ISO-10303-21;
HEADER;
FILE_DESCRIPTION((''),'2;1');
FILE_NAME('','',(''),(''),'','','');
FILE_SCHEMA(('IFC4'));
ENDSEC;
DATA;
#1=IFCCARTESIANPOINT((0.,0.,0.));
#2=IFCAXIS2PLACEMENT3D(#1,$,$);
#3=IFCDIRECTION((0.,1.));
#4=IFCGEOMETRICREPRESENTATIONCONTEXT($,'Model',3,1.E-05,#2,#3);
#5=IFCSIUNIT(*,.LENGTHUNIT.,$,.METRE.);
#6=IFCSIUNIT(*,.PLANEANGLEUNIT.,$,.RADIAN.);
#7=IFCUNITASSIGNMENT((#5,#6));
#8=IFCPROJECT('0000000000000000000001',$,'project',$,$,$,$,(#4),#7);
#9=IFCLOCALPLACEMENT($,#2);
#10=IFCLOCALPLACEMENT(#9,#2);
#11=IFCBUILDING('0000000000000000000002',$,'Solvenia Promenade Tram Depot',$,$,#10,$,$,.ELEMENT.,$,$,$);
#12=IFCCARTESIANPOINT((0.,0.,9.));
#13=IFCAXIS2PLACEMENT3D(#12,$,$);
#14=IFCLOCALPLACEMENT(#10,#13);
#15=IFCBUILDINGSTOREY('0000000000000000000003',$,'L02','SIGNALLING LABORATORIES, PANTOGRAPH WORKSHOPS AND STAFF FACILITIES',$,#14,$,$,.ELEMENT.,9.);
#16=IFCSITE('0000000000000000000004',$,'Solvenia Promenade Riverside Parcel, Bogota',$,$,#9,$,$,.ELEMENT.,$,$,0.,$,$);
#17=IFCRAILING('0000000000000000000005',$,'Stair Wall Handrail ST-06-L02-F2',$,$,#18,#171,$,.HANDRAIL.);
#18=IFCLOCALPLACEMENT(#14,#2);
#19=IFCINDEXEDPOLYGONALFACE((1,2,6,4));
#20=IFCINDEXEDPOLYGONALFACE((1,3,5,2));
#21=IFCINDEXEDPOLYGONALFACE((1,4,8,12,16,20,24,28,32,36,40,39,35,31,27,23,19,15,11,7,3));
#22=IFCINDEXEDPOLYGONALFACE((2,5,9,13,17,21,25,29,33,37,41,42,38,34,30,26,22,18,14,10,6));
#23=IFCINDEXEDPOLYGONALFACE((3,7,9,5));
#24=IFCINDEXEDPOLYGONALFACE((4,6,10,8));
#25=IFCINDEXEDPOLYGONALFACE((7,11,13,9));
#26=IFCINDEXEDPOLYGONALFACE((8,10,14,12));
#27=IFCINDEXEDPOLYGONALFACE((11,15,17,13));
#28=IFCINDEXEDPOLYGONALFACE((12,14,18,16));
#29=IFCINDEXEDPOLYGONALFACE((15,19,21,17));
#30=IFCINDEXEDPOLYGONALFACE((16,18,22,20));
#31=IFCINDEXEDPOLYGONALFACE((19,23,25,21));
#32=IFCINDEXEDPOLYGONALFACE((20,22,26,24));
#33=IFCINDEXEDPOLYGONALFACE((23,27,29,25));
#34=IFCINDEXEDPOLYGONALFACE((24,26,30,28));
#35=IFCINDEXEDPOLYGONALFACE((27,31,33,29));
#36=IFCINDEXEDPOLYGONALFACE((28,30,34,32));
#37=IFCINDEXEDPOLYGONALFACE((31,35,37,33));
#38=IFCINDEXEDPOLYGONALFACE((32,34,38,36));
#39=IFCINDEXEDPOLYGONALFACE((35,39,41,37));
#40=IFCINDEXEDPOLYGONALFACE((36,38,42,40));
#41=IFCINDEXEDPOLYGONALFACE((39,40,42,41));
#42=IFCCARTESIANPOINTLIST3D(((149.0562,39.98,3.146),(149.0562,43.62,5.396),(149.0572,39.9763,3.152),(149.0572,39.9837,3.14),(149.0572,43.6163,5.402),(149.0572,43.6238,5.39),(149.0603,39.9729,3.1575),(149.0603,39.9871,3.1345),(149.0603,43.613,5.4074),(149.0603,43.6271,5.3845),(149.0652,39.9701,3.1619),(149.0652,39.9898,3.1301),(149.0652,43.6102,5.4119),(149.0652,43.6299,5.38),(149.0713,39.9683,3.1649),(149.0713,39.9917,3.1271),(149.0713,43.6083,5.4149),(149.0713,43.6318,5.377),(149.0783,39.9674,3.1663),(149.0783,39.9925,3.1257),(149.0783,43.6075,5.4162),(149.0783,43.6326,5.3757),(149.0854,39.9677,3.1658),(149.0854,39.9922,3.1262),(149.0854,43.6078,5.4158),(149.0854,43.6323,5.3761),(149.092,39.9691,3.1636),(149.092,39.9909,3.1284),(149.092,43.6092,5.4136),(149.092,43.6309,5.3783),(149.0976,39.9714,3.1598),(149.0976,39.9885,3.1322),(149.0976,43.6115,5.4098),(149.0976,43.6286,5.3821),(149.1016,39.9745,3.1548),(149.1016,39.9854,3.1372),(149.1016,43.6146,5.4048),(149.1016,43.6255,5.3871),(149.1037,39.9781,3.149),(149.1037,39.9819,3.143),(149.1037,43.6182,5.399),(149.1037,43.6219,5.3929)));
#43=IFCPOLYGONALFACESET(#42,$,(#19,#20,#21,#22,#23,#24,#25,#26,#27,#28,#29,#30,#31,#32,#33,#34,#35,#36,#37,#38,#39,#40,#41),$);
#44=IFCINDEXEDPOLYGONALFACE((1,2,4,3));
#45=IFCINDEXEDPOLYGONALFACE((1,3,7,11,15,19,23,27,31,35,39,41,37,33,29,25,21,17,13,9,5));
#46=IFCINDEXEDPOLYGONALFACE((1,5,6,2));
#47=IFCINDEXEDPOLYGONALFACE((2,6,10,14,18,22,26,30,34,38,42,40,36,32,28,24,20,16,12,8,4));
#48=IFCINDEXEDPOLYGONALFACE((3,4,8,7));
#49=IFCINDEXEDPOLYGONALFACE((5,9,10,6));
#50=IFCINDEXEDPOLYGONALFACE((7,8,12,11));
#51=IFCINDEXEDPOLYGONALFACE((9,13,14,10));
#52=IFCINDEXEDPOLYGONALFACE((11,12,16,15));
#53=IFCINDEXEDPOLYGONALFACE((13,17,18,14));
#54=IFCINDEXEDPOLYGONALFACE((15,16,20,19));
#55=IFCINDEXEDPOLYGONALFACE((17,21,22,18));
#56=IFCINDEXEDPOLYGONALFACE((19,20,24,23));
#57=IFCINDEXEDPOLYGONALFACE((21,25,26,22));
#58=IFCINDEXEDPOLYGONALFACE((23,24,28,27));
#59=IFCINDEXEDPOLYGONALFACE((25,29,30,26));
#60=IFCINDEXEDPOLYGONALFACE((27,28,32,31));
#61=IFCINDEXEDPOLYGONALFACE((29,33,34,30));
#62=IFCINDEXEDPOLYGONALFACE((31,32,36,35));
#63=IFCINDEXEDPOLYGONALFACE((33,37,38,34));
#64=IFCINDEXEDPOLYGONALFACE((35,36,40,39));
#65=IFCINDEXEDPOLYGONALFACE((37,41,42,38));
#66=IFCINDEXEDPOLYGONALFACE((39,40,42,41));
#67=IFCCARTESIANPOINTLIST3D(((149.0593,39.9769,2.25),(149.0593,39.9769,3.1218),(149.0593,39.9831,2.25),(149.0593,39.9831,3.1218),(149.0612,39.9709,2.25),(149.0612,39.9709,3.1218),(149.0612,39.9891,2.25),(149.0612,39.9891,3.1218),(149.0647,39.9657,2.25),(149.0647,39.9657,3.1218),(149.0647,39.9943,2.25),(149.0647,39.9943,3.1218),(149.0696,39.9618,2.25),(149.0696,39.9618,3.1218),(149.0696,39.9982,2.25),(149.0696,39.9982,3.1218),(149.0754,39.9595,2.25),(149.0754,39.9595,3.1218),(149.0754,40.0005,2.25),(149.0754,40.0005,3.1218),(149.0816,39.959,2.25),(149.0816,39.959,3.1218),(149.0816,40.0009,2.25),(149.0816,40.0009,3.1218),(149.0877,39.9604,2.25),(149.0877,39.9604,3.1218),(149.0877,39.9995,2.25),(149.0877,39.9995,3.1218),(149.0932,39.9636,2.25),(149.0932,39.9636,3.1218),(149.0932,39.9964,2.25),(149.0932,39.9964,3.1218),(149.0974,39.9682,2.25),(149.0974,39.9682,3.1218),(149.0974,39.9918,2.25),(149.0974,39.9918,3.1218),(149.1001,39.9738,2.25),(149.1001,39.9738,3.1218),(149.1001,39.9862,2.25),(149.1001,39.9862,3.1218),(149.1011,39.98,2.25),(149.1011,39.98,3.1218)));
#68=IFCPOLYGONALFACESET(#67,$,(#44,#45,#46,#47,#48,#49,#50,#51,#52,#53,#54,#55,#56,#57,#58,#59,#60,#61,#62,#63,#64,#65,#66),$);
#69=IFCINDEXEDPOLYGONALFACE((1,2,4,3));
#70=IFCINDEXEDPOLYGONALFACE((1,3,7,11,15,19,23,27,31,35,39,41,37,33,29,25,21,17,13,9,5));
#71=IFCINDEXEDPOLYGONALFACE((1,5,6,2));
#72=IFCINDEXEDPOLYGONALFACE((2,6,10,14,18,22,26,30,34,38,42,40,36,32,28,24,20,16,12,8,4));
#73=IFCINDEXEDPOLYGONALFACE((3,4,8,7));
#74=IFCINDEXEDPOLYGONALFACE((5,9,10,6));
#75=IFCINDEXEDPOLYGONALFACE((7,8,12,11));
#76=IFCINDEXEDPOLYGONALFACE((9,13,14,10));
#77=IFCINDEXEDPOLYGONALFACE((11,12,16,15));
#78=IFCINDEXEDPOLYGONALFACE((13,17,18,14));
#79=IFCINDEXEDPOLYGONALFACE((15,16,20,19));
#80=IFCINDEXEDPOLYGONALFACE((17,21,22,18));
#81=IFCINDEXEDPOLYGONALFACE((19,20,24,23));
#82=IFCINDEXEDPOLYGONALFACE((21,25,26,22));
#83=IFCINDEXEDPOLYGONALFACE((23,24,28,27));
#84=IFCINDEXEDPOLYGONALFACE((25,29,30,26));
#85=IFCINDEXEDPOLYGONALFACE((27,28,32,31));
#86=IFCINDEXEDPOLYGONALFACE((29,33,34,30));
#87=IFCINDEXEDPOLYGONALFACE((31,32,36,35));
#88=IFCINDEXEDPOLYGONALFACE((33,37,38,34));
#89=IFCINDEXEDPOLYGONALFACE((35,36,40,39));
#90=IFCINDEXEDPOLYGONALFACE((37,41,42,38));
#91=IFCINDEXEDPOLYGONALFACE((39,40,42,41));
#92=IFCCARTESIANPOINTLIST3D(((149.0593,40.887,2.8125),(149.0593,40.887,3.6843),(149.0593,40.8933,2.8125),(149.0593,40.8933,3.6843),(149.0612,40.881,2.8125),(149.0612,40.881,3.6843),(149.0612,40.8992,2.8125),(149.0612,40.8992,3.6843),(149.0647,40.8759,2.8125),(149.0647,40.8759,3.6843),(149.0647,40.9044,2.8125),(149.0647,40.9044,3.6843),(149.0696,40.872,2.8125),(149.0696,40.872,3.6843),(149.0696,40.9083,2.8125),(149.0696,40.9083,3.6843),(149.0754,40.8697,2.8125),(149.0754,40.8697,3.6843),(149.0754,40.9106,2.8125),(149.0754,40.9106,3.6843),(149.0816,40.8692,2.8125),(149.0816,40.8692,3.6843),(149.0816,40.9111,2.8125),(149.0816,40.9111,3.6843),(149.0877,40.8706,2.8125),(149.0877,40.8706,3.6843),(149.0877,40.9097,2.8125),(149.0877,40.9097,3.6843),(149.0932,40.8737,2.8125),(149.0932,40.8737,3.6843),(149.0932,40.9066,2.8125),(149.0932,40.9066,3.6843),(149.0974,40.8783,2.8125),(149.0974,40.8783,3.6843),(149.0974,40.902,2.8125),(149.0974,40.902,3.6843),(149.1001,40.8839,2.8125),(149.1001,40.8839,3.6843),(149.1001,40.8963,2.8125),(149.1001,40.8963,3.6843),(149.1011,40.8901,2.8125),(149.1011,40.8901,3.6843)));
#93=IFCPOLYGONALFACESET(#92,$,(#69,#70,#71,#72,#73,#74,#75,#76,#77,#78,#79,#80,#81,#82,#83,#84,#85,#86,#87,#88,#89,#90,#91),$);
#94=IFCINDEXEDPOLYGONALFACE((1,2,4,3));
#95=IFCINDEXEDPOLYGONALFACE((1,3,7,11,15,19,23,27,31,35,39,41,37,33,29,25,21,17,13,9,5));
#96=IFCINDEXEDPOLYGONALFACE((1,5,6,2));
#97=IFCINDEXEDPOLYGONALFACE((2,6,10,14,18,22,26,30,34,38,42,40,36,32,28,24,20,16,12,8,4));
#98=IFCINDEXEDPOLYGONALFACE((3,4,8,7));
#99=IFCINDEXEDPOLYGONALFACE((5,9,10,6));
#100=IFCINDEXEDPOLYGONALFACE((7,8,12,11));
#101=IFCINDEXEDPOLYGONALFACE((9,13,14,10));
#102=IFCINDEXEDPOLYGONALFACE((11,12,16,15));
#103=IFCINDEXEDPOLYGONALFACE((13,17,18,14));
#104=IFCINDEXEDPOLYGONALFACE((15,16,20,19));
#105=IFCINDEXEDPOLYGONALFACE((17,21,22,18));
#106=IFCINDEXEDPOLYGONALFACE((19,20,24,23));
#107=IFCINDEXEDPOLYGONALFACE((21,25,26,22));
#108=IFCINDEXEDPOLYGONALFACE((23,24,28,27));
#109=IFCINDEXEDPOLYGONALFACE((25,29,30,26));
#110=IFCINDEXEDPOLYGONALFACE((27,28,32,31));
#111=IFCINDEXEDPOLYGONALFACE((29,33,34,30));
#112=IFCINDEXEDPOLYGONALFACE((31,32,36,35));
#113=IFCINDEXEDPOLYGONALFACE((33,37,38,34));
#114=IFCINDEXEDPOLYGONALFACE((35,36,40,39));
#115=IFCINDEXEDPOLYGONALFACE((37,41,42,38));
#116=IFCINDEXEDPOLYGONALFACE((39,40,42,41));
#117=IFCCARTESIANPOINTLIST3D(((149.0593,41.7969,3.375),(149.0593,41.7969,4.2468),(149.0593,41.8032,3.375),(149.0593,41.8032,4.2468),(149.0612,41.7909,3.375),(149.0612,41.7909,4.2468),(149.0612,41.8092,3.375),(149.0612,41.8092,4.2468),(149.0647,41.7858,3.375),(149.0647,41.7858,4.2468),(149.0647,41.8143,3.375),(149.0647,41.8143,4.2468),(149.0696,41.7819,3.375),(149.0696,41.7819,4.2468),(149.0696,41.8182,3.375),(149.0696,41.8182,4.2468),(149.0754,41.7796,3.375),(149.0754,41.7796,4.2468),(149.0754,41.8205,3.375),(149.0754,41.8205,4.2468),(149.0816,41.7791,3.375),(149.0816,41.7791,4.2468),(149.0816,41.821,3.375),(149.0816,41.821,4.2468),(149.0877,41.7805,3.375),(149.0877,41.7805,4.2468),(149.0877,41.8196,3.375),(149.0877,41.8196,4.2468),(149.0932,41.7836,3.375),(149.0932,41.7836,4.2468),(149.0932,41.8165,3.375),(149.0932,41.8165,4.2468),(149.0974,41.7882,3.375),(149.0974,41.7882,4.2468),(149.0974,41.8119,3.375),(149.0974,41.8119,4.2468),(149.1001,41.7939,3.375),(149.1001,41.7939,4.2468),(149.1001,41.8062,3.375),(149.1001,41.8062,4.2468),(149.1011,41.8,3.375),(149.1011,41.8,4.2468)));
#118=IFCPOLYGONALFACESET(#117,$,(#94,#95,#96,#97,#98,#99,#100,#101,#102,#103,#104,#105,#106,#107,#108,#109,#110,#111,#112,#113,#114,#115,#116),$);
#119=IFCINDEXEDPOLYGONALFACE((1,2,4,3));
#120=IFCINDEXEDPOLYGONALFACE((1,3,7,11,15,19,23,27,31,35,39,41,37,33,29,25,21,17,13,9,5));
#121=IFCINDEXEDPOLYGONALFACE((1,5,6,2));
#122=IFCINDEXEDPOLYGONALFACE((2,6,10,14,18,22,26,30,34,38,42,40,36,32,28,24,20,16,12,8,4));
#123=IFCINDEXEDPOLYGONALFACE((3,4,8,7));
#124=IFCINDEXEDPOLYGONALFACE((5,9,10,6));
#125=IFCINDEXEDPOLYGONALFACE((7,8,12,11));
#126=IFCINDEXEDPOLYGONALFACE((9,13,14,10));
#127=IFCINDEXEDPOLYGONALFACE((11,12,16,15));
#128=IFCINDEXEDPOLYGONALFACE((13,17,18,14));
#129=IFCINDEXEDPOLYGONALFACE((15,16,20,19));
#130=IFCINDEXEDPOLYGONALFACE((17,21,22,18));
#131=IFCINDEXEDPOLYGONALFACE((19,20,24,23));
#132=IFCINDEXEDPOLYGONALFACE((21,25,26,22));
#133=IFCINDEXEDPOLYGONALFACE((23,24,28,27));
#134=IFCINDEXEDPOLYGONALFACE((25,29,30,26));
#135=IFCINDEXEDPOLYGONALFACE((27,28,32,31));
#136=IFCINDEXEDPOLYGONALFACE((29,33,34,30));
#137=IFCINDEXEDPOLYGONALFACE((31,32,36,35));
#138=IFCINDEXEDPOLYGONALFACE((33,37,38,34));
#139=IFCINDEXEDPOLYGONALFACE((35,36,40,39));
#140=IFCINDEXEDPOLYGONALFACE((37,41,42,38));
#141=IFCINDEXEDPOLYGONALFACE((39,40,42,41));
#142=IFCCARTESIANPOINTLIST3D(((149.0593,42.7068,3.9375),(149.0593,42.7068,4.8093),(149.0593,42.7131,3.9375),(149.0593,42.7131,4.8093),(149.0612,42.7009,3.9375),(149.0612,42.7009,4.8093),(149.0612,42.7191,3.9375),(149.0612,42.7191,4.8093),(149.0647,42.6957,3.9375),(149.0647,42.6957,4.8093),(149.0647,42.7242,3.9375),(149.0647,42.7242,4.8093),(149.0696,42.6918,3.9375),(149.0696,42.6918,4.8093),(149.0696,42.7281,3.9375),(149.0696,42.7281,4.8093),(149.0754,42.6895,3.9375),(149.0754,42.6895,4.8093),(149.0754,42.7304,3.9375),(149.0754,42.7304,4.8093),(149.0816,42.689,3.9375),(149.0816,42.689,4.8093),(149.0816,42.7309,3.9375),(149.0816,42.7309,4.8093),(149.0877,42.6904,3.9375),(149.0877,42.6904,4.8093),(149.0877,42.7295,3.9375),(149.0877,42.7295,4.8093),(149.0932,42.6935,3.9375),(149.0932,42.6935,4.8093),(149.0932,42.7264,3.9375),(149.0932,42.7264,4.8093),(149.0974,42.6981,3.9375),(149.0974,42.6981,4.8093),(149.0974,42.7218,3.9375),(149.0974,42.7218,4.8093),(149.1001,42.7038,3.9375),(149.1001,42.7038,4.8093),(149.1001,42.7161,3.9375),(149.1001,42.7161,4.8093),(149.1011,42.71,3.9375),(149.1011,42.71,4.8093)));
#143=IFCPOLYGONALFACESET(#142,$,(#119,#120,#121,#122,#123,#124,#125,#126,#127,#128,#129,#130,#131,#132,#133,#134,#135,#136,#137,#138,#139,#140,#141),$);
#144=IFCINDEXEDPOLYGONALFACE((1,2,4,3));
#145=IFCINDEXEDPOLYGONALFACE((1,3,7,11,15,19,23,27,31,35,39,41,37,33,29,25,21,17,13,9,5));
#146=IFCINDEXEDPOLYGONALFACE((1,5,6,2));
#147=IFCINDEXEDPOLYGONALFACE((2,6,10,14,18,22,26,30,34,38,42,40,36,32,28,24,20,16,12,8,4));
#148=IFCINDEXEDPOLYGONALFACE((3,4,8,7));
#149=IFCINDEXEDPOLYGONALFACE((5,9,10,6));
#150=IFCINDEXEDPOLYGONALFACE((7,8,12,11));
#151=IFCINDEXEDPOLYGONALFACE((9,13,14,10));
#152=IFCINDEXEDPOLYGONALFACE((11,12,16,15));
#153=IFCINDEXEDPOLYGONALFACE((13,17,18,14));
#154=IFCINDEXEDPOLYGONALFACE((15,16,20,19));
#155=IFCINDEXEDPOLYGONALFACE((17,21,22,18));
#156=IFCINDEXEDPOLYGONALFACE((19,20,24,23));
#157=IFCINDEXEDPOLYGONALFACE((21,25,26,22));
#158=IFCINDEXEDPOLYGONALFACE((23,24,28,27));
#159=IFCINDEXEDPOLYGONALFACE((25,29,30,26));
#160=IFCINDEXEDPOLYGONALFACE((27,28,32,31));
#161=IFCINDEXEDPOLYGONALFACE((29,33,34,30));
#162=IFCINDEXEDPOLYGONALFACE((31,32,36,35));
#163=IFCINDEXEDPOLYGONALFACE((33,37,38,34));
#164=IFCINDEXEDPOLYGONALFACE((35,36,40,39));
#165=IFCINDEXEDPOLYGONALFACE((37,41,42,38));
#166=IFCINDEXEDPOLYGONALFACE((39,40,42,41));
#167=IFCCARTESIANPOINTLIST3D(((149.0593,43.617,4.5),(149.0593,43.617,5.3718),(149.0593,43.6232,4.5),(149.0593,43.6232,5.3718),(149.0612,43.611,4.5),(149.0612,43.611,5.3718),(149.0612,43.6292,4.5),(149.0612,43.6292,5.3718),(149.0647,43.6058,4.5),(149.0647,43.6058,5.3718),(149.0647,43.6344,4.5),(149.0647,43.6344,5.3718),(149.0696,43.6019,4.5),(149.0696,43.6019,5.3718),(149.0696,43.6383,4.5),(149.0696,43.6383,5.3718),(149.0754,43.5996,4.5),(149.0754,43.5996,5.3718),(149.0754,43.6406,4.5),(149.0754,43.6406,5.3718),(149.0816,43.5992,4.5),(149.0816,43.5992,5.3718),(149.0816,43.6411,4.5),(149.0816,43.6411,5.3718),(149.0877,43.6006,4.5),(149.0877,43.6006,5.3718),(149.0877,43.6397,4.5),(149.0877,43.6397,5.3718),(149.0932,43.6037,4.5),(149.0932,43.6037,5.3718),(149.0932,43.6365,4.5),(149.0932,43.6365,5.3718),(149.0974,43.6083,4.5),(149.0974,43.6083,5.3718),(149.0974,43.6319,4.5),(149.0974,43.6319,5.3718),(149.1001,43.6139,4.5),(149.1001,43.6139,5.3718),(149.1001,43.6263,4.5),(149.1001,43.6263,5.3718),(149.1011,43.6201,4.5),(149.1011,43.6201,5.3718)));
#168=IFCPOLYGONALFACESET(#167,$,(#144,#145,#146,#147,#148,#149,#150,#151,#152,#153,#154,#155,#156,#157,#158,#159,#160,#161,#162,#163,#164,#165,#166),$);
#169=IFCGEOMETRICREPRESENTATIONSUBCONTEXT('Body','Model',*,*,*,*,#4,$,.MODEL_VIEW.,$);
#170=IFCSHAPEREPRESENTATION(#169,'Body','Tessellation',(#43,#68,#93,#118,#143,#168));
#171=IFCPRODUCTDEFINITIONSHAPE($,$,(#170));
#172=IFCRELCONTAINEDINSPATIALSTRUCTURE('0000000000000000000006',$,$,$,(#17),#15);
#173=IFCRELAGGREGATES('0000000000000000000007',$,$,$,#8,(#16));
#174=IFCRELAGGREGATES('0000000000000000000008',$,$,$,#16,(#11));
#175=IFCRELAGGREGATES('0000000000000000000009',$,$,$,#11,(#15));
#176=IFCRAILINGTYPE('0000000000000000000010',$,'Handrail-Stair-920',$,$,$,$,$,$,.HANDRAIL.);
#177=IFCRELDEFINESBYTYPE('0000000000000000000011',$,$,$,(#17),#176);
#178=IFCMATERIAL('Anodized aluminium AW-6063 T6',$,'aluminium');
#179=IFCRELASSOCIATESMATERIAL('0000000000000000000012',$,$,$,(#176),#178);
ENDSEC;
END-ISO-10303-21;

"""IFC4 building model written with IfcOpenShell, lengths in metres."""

from ifc_helpers import new_model, si_unit, direction, frame, origin, origin_2d, place, context, subcontext, project, spatial, circle, extrude, material, type_object, element, save


model = new_model("IFC4")

# Units and contexts
model_context = context("Model", 3, precision=1e-05, world=origin(), true_north=direction((0.0, 1.0)))
body_context = subcontext(model_context, "Body", "Model", "MODEL_VIEW")
ifc_project = project(units=[si_unit("LENGTHUNIT", "METRE"), si_unit("PLANEANGLEUNIT", "RADIAN")], contexts=[model_context])

# Site, building, storey
site_placement = place(None, origin())
site = spatial("IfcSite", under=ifc_project, at=site_placement, Name="Solvenia Promenade Riverside Parcel, Bogota", CompositionType="ELEMENT", RefElevation=0.0)
building_placement = place(site_placement, origin())
building = spatial("IfcBuilding", under=site, at=building_placement, Name="Solvenia Promenade Tram Depot", CompositionType="ELEMENT")
storey_placement = place(building_placement, frame((0.0, 0.0, 9.0)))
storey = spatial("IfcBuildingStorey", under=building, at=storey_placement, Name="L02", Description="SIGNALLING LABORATORIES, PANTOGRAPH WORKSHOPS AND STAFF FACILITIES", CompositionType="ELEMENT", Elevation=9.0)

# Railing
ifc_material_1 = material(Name="Anodized aluminium AW-6063 T6", Category="aluminium")
railing_type_1 = type_object("IfcRailingType", Name="Handrail-Stair-920", PredefinedType="HANDRAIL", material=ifc_material_1)
railing_1_placement = place(storey_placement, frame((149.0801, 39.98, 2.25)))
element("IfcRailing", 1, at=railing_1_placement, inside=storey, type_object=railing_type_1, Name="Stair Wall Handrail ST-06-L02-F2", PredefinedType="HANDRAIL", context=body_context, shape_type="SweptSolid", body=[
    extrude(circle(Radius=0.0239, at=origin_2d()), frame((0.0, 0.0, 0.896), z_axis=(0.0, 0.850622, 0.525777), x_axis=(-1.0, 0.0, 0.0)), (0.0, 0.0, 1.0), 4.2793),
    extrude(circle(Radius=0.021, at=origin_2d()), origin(), (0.0, 0.0, 1.0), 0.8718),
    extrude(circle(Radius=0.021, at=origin_2d()), frame((0.0, 0.9102, 0.5625)), (0.0, 0.0, 1.0), 0.8718),
    extrude(circle(Radius=0.021, at=origin_2d()), frame((0.0, 1.8201, 1.125)), (0.0, 0.0, 1.0), 0.8718),
    extrude(circle(Radius=0.021, at=origin_2d()), frame((0.0, 2.73, 1.6875)), (0.0, 0.0, 1.0), 0.8718),
    extrude(circle(Radius=0.021, at=origin_2d()), frame((0.0, 3.6401, 2.25)), (0.0, 0.0, 1.0), 0.8718),
])

save(model, "model.ifc")
